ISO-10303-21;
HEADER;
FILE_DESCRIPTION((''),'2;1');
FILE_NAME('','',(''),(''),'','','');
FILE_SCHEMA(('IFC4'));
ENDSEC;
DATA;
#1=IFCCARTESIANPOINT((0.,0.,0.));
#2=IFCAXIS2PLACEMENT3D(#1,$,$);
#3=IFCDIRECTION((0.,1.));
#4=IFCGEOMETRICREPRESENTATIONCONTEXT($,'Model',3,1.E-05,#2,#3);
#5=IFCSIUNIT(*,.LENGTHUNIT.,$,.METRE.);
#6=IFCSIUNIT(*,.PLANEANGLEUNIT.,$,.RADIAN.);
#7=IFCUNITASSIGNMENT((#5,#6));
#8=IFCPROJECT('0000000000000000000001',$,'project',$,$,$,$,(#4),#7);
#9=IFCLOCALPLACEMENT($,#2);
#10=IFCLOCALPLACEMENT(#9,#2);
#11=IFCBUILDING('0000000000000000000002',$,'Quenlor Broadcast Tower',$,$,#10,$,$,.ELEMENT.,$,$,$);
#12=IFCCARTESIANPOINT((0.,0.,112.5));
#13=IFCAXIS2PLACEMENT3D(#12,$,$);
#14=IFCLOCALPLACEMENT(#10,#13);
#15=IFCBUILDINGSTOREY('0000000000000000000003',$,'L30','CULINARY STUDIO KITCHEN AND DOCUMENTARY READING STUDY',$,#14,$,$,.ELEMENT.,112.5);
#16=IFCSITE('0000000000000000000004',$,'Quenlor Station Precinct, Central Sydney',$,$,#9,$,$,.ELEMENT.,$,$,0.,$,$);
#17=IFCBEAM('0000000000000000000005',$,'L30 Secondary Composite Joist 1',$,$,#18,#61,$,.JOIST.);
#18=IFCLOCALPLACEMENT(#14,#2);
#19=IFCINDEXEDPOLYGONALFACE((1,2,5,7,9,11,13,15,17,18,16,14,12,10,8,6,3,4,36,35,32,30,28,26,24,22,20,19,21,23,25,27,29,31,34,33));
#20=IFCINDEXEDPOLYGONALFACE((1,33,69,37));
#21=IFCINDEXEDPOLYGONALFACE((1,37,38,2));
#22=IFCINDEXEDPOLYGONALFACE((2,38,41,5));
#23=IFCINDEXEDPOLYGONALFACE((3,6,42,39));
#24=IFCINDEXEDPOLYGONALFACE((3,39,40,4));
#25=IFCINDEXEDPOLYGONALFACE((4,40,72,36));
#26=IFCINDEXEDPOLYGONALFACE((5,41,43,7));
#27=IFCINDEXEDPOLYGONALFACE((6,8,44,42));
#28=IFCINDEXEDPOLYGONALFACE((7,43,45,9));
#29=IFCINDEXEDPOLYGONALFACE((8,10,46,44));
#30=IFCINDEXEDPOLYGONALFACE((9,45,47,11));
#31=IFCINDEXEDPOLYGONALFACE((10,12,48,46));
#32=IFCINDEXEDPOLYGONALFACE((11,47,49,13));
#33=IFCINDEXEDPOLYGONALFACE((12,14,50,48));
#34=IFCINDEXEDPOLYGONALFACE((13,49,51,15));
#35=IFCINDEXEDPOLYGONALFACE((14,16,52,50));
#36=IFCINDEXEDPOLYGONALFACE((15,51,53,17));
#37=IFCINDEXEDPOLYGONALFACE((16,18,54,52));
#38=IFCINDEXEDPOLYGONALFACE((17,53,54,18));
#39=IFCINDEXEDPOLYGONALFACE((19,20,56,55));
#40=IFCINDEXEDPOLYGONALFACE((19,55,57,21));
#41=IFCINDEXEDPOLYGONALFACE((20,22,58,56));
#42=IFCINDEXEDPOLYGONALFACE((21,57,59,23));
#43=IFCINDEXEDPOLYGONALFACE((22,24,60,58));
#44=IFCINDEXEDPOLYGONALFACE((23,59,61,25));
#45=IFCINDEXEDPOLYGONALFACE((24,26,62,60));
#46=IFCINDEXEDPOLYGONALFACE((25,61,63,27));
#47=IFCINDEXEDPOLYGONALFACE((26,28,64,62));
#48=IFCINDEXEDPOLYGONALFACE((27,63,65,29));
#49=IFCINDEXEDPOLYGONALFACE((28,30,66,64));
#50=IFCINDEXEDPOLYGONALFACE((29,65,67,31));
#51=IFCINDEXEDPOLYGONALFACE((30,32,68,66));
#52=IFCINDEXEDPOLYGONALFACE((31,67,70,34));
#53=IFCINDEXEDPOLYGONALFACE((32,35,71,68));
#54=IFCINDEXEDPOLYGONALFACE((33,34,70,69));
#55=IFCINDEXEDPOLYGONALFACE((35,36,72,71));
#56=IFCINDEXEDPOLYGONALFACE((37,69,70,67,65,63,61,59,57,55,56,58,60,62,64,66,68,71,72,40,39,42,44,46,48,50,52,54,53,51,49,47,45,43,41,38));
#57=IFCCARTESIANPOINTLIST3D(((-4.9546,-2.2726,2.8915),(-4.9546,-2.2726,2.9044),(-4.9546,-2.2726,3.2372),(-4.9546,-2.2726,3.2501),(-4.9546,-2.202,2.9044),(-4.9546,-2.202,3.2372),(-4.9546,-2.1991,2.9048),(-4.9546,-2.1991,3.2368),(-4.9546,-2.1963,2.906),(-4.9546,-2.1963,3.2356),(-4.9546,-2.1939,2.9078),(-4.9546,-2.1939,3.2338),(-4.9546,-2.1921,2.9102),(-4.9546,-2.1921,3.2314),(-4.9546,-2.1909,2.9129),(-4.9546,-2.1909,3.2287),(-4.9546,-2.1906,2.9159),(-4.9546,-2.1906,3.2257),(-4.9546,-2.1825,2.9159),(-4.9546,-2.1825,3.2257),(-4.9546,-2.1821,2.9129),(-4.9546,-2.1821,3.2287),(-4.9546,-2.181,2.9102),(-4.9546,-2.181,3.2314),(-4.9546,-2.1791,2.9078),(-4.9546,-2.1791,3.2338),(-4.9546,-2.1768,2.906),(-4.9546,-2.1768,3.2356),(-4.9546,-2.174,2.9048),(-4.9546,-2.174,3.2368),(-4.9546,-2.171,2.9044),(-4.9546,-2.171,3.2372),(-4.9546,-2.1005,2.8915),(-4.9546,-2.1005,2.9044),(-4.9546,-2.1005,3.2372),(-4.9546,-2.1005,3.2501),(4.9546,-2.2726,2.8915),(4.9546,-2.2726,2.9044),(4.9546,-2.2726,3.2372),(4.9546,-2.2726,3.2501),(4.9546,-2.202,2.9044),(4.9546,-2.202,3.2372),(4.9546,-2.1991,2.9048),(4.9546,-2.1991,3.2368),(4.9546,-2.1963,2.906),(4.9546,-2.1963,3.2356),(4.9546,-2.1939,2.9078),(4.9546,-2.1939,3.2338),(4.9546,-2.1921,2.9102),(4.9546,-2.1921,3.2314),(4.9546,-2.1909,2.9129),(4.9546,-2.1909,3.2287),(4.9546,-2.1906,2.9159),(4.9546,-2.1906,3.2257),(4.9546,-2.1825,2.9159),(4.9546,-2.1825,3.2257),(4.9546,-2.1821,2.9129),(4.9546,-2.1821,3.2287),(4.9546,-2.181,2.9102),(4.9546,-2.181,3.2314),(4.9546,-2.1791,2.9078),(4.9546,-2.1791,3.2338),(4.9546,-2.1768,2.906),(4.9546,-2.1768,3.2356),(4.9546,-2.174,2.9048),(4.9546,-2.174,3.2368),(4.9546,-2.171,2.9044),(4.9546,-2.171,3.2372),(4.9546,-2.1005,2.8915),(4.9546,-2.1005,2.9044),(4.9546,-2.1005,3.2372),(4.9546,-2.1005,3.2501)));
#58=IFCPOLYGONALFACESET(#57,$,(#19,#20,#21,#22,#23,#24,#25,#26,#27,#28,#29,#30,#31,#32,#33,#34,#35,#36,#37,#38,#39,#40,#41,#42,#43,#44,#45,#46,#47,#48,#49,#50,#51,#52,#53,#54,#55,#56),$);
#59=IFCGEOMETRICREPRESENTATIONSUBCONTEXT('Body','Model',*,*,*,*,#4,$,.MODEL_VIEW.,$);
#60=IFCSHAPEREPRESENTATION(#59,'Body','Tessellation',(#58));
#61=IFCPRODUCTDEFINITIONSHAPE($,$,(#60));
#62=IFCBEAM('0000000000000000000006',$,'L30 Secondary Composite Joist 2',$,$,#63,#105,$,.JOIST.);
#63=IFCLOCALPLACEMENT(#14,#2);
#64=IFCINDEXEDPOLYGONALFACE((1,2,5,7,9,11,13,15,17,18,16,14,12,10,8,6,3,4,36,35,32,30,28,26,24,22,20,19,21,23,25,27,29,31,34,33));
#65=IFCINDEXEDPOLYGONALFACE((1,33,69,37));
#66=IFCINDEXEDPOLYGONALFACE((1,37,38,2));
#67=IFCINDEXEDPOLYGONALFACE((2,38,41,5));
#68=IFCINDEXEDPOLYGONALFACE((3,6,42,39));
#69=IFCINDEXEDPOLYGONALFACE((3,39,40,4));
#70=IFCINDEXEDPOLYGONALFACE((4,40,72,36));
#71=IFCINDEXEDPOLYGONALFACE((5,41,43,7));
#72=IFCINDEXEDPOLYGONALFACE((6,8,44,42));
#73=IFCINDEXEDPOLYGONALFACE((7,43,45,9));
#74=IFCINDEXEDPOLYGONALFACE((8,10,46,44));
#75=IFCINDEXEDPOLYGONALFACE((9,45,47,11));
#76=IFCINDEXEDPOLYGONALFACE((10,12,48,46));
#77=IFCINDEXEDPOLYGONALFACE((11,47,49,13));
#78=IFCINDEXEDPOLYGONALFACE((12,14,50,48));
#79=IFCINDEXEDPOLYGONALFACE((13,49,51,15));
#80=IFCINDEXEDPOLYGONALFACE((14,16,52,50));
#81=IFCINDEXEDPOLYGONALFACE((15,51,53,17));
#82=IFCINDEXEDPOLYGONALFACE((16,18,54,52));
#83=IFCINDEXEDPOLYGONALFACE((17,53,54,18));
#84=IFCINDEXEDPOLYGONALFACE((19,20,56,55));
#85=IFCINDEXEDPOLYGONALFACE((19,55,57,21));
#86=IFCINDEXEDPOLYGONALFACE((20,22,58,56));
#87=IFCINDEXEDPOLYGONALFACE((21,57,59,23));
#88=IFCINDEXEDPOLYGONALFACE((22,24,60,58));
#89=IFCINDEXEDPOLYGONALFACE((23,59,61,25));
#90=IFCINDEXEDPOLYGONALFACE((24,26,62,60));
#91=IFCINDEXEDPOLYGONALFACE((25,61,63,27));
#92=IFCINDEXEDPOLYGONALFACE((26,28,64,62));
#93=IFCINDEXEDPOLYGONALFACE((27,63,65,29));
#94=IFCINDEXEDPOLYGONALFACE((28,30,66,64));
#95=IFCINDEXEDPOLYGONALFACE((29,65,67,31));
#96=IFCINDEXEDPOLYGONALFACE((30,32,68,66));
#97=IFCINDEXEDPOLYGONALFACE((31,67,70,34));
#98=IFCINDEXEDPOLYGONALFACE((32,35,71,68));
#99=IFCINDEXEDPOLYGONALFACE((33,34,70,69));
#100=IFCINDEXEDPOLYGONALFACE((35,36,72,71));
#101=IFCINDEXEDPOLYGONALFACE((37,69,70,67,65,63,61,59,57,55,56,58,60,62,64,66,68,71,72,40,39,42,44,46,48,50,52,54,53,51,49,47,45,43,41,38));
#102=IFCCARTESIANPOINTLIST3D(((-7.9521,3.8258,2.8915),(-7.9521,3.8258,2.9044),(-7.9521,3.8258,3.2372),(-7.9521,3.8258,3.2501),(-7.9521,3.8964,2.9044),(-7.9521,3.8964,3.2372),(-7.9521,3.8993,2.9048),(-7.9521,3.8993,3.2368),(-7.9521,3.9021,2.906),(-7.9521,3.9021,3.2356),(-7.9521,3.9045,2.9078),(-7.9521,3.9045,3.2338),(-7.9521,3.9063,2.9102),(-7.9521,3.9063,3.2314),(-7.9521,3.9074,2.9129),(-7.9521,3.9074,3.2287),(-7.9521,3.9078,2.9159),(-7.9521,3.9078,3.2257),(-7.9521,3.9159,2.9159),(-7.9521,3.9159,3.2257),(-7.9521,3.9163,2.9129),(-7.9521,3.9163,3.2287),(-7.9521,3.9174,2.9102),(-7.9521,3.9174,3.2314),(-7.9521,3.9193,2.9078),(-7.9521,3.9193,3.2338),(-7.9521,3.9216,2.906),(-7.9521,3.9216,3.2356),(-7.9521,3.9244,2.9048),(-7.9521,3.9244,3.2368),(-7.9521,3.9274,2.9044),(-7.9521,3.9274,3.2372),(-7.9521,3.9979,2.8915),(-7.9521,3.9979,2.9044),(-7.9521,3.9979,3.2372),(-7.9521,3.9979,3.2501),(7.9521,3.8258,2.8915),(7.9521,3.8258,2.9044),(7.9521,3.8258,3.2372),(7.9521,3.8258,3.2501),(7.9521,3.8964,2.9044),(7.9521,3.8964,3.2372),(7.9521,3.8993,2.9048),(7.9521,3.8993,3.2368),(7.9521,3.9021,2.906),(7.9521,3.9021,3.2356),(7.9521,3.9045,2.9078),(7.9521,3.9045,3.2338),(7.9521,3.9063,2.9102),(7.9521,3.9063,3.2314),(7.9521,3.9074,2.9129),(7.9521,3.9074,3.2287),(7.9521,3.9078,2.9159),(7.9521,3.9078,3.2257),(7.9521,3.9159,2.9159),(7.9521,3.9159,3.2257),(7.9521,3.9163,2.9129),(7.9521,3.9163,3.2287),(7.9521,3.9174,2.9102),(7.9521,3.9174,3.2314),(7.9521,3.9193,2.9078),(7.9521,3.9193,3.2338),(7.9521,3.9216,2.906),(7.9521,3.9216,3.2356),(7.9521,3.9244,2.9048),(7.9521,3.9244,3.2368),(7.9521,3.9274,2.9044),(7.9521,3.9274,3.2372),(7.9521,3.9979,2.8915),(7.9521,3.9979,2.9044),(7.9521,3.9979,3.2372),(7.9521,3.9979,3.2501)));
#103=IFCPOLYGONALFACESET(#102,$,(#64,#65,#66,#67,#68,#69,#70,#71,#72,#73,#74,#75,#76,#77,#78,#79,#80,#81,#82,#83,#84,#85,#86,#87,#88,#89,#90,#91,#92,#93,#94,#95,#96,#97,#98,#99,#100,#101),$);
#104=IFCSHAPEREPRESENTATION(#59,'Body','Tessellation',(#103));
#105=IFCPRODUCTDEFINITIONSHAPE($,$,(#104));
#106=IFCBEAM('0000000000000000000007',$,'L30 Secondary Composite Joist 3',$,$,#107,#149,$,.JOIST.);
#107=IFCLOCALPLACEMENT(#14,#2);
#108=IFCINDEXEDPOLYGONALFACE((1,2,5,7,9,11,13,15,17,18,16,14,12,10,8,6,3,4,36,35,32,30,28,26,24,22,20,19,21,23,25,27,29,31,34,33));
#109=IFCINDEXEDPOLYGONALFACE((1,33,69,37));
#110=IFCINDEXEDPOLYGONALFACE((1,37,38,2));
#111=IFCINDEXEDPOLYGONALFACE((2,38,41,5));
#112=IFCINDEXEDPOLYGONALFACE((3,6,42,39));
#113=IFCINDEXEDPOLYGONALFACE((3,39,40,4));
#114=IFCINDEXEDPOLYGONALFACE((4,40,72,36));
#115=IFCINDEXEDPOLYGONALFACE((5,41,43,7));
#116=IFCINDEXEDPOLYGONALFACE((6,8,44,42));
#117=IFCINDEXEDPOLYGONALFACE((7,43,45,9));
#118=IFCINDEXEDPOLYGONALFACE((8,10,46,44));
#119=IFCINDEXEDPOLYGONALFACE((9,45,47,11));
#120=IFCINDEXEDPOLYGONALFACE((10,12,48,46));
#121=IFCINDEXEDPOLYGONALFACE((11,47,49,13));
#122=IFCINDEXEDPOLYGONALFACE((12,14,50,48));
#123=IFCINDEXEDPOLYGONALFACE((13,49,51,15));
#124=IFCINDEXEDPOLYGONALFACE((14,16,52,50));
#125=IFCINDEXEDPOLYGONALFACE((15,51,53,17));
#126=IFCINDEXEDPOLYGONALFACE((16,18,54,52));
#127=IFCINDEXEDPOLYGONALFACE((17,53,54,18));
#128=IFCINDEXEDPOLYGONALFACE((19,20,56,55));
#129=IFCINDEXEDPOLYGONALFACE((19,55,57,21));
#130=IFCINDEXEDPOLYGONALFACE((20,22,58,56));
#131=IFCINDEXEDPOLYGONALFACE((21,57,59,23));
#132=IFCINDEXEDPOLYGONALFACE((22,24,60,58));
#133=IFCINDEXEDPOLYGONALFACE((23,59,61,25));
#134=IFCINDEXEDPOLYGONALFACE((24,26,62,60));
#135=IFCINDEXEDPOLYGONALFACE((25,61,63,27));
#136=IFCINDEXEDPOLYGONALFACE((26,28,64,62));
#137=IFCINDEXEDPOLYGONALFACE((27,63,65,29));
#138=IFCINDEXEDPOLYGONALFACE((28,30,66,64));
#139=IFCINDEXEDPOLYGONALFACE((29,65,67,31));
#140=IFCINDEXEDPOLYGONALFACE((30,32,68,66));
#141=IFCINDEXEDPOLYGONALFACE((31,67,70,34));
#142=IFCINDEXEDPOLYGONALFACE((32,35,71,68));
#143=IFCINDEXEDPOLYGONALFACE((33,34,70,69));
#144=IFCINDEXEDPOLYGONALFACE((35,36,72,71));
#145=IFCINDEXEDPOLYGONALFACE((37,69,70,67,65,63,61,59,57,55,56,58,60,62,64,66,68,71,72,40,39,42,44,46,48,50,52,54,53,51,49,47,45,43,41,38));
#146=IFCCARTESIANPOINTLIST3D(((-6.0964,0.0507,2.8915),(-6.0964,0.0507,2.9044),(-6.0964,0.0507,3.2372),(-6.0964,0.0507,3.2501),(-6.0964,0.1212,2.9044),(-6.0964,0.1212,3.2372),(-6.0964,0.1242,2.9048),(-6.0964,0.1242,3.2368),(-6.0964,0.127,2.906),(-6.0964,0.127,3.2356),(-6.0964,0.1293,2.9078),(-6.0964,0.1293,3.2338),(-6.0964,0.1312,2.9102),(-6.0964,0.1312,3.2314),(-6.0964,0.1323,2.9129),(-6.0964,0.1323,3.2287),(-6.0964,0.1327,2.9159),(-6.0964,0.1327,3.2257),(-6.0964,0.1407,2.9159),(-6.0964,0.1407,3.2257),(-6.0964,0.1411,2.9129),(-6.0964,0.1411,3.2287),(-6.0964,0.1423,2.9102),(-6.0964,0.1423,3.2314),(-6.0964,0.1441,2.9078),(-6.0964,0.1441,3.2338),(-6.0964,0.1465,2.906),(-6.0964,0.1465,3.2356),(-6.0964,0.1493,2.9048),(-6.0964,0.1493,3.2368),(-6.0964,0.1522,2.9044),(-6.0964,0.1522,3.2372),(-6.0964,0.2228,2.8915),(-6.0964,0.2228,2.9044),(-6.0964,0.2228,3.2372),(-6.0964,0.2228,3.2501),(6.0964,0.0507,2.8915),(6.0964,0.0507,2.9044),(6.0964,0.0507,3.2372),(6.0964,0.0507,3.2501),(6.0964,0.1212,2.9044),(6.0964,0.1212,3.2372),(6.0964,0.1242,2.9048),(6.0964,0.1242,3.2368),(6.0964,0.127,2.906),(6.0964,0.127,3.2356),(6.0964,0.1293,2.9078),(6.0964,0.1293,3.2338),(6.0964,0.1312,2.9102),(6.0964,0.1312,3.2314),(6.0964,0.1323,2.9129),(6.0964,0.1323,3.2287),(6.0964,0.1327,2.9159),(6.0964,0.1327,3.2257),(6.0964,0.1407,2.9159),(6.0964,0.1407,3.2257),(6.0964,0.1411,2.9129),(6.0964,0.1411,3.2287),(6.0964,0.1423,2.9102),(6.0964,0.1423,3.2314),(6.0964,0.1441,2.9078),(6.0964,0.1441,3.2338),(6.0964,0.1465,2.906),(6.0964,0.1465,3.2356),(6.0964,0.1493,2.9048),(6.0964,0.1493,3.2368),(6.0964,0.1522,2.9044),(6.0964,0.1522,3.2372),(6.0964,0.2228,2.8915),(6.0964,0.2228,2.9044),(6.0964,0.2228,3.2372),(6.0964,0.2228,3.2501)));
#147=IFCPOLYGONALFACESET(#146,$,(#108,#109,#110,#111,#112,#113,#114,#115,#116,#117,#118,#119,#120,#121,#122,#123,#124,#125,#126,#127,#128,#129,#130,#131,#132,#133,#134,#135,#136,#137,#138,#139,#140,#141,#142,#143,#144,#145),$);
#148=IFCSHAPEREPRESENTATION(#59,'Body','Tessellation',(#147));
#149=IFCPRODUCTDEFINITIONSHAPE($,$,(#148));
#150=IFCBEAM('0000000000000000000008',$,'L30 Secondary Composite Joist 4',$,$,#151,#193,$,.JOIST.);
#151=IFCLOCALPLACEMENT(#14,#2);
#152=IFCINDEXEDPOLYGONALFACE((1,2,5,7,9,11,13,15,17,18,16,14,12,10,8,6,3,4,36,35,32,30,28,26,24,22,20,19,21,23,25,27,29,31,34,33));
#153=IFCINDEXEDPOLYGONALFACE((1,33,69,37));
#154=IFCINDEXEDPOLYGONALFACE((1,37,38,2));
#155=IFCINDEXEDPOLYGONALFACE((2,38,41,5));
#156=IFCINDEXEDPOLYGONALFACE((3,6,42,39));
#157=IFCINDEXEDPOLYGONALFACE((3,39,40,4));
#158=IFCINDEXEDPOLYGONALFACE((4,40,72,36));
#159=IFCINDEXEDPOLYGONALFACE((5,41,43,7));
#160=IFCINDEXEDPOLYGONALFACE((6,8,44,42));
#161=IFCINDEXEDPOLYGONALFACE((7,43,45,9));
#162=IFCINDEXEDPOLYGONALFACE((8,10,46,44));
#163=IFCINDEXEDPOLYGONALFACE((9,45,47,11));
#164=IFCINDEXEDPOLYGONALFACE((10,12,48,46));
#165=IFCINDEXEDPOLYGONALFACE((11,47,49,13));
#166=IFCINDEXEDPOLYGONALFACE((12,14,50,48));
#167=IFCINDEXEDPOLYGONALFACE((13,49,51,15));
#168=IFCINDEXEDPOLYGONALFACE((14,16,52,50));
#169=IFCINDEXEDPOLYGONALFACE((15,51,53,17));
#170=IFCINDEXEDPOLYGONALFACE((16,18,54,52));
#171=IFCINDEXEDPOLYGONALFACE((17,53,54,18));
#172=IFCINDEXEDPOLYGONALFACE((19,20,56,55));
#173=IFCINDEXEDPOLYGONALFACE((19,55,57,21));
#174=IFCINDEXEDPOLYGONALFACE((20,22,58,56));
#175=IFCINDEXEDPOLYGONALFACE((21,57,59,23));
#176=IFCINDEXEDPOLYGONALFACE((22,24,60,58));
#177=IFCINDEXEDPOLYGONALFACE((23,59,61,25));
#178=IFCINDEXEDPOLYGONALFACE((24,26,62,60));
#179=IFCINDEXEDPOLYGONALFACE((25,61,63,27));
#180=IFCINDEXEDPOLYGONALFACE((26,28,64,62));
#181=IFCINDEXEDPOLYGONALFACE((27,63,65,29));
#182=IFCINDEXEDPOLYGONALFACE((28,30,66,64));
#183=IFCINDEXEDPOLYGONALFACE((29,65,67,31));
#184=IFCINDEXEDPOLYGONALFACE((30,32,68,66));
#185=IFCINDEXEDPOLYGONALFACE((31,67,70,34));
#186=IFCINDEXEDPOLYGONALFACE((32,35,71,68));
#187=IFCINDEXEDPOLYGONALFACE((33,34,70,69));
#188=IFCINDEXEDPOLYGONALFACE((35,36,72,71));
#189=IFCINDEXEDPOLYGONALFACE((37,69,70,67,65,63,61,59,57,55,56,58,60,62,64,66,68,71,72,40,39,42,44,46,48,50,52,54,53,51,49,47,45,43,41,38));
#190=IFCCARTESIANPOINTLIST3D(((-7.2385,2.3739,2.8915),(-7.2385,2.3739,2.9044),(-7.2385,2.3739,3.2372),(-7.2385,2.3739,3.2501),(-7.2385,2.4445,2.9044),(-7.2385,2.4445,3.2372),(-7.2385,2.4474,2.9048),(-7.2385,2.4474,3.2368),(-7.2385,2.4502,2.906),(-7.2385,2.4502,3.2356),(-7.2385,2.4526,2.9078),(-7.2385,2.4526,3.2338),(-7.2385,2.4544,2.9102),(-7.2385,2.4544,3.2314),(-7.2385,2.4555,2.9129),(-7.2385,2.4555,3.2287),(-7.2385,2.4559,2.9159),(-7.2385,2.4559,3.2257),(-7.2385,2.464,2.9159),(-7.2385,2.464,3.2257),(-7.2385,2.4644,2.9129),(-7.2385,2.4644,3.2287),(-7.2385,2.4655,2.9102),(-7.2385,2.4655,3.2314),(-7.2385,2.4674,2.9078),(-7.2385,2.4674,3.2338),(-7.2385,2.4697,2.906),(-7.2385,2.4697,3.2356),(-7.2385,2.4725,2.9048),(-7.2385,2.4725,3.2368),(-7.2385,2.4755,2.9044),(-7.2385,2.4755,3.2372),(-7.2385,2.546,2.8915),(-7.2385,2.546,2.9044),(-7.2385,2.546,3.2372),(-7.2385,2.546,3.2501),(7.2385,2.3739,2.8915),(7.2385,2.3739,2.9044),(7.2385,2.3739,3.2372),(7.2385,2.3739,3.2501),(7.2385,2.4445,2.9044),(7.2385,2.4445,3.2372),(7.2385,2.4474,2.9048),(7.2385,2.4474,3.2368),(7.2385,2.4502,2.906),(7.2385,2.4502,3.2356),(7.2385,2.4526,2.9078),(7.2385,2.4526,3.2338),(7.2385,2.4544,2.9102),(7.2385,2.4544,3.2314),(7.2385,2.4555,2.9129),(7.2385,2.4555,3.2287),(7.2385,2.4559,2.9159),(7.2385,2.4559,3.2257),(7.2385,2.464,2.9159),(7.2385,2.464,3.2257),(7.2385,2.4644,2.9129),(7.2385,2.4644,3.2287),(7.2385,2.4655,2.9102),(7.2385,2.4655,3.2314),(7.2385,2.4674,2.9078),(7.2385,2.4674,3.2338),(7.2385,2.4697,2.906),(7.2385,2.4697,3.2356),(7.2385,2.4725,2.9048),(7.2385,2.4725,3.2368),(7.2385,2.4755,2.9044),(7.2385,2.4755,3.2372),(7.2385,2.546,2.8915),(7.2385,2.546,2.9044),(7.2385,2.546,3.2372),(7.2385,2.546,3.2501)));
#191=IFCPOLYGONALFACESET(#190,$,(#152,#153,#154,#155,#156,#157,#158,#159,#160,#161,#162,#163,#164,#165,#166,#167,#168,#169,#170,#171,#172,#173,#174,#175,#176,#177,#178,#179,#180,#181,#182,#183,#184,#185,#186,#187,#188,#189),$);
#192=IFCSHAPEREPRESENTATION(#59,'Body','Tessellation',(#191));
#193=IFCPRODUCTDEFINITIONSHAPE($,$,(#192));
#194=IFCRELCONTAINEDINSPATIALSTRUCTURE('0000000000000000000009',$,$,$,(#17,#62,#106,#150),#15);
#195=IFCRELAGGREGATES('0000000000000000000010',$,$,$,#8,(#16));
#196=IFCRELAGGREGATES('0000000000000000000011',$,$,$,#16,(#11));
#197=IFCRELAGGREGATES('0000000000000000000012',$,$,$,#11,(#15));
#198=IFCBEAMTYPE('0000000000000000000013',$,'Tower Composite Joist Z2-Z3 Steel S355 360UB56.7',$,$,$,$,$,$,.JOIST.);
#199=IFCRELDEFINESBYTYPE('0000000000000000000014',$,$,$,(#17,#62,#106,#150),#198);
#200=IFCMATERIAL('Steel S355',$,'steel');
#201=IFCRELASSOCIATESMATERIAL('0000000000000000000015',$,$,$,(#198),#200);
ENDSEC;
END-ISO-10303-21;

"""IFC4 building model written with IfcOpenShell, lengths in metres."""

from ifc_helpers import new_model, si_unit, direction, frame, origin, origin_2d, place, context, subcontext, project, spatial, i_section, extrude, material, material_profile, profile_set, type_object, element, save


model = new_model("IFC4")

# Units and contexts
model_context = context("Model", 3, precision=1e-05, world=origin(), true_north=direction((0.0, 1.0)))
body_context = subcontext(model_context, "Body", "Model", "MODEL_VIEW")
ifc_project = project(units=[si_unit("LENGTHUNIT", "METRE"), si_unit("PLANEANGLEUNIT", "RADIAN")], contexts=[model_context])

# Site, building, storey
site_placement = place(None, origin())
site = spatial("IfcSite", under=ifc_project, at=site_placement, Name="Quenlor Station Precinct, Central Sydney", CompositionType="ELEMENT", RefElevation=0.0)
building_placement = place(site_placement, origin())
building = spatial("IfcBuilding", under=site, at=building_placement, Name="Quenlor Broadcast Tower", CompositionType="ELEMENT")
storey_placement = place(building_placement, frame((0.0, 0.0, 112.5)))
storey = spatial("IfcBuildingStorey", under=building, at=storey_placement, Name="L30", Description="CULINARY STUDIO KITCHEN AND DOCUMENTARY READING STUDY", CompositionType="ELEMENT", Elevation=112.5)

# Beams
ifc_material_1 = material(Name="Steel S355", Category="steel")
ifc_material_profile = material_profile(ifc_material_1, i_section(OverallWidth=0.1721, OverallDepth=0.3586, WebThickness=0.0081, FlangeThickness=0.0129, FilletRadius=0.0115, at=origin_2d()))
ifc_profile_set = profile_set([ifc_material_profile], Name="Steel S355 360UB56.7")
beam_type = type_object("IfcBeamType", Name="Tower Composite Joist Z2-Z3 Steel S355 360UB56.7", PredefinedType="JOIST", material=ifc_profile_set)
beam_1_placement = place(storey_placement, frame((-4.9546, -2.1865, 3.0708), z_axis=(1.0, 0.0, 0.0), x_axis=(0.0, 1.0, 0.0)))
element("IfcBeam", 1, at=beam_1_placement, inside=storey, type_object=beam_type, Name="L30 Secondary Composite Joist 1", PredefinedType="JOIST", context=body_context, shape_type="SweptSolid", body=[
    extrude(i_section(OverallWidth=0.1721, OverallDepth=0.3586, WebThickness=0.0081, FlangeThickness=0.0129, FilletRadius=0.0115, at=origin_2d()), origin(), (0.0, 0.0, 1.0), 9.9092),
])
beam_2_placement = place(storey_placement, frame((-7.9521, 3.9119, 3.0708), z_axis=(1.0, 0.0, 0.0), x_axis=(0.0, 1.0, 0.0)))
element("IfcBeam", 2, at=beam_2_placement, inside=storey, type_object=beam_type, Name="L30 Secondary Composite Joist 2", PredefinedType="JOIST", context=body_context, shape_type="SweptSolid", body=[
    extrude(i_section(OverallWidth=0.1721, OverallDepth=0.3586, WebThickness=0.0081, FlangeThickness=0.0129, FilletRadius=0.0115, at=origin_2d()), origin(), (0.0, 0.0, 1.0), 15.9043),
])
beam_3_placement = place(storey_placement, frame((-6.0964, 0.1367, 3.0708), z_axis=(1.0, 0.0, 0.0), x_axis=(0.0, 1.0, 0.0)))
element("IfcBeam", 3, at=beam_3_placement, inside=storey, type_object=beam_type, Name="L30 Secondary Composite Joist 3", PredefinedType="JOIST", context=body_context, shape_type="SweptSolid", body=[
    extrude(i_section(OverallWidth=0.1721, OverallDepth=0.3586, WebThickness=0.0081, FlangeThickness=0.0129, FilletRadius=0.0115, at=origin_2d()), origin(), (0.0, 0.0, 1.0), 12.1929),
])
beam_4_placement = place(storey_placement, frame((-7.2385, 2.46, 3.0708), z_axis=(1.0, 0.0, 0.0), x_axis=(0.0, 1.0, 0.0)))
element("IfcBeam", 4, at=beam_4_placement, inside=storey, type_object=beam_type, Name="L30 Secondary Composite Joist 4", PredefinedType="JOIST", context=body_context, shape_type="SweptSolid", body=[
    extrude(i_section(OverallWidth=0.1721, OverallDepth=0.3586, WebThickness=0.0081, FlangeThickness=0.0129, FilletRadius=0.0115, at=origin_2d()), origin(), (0.0, 0.0, 1.0), 14.4771),
])

save(model, "model.ifc")
